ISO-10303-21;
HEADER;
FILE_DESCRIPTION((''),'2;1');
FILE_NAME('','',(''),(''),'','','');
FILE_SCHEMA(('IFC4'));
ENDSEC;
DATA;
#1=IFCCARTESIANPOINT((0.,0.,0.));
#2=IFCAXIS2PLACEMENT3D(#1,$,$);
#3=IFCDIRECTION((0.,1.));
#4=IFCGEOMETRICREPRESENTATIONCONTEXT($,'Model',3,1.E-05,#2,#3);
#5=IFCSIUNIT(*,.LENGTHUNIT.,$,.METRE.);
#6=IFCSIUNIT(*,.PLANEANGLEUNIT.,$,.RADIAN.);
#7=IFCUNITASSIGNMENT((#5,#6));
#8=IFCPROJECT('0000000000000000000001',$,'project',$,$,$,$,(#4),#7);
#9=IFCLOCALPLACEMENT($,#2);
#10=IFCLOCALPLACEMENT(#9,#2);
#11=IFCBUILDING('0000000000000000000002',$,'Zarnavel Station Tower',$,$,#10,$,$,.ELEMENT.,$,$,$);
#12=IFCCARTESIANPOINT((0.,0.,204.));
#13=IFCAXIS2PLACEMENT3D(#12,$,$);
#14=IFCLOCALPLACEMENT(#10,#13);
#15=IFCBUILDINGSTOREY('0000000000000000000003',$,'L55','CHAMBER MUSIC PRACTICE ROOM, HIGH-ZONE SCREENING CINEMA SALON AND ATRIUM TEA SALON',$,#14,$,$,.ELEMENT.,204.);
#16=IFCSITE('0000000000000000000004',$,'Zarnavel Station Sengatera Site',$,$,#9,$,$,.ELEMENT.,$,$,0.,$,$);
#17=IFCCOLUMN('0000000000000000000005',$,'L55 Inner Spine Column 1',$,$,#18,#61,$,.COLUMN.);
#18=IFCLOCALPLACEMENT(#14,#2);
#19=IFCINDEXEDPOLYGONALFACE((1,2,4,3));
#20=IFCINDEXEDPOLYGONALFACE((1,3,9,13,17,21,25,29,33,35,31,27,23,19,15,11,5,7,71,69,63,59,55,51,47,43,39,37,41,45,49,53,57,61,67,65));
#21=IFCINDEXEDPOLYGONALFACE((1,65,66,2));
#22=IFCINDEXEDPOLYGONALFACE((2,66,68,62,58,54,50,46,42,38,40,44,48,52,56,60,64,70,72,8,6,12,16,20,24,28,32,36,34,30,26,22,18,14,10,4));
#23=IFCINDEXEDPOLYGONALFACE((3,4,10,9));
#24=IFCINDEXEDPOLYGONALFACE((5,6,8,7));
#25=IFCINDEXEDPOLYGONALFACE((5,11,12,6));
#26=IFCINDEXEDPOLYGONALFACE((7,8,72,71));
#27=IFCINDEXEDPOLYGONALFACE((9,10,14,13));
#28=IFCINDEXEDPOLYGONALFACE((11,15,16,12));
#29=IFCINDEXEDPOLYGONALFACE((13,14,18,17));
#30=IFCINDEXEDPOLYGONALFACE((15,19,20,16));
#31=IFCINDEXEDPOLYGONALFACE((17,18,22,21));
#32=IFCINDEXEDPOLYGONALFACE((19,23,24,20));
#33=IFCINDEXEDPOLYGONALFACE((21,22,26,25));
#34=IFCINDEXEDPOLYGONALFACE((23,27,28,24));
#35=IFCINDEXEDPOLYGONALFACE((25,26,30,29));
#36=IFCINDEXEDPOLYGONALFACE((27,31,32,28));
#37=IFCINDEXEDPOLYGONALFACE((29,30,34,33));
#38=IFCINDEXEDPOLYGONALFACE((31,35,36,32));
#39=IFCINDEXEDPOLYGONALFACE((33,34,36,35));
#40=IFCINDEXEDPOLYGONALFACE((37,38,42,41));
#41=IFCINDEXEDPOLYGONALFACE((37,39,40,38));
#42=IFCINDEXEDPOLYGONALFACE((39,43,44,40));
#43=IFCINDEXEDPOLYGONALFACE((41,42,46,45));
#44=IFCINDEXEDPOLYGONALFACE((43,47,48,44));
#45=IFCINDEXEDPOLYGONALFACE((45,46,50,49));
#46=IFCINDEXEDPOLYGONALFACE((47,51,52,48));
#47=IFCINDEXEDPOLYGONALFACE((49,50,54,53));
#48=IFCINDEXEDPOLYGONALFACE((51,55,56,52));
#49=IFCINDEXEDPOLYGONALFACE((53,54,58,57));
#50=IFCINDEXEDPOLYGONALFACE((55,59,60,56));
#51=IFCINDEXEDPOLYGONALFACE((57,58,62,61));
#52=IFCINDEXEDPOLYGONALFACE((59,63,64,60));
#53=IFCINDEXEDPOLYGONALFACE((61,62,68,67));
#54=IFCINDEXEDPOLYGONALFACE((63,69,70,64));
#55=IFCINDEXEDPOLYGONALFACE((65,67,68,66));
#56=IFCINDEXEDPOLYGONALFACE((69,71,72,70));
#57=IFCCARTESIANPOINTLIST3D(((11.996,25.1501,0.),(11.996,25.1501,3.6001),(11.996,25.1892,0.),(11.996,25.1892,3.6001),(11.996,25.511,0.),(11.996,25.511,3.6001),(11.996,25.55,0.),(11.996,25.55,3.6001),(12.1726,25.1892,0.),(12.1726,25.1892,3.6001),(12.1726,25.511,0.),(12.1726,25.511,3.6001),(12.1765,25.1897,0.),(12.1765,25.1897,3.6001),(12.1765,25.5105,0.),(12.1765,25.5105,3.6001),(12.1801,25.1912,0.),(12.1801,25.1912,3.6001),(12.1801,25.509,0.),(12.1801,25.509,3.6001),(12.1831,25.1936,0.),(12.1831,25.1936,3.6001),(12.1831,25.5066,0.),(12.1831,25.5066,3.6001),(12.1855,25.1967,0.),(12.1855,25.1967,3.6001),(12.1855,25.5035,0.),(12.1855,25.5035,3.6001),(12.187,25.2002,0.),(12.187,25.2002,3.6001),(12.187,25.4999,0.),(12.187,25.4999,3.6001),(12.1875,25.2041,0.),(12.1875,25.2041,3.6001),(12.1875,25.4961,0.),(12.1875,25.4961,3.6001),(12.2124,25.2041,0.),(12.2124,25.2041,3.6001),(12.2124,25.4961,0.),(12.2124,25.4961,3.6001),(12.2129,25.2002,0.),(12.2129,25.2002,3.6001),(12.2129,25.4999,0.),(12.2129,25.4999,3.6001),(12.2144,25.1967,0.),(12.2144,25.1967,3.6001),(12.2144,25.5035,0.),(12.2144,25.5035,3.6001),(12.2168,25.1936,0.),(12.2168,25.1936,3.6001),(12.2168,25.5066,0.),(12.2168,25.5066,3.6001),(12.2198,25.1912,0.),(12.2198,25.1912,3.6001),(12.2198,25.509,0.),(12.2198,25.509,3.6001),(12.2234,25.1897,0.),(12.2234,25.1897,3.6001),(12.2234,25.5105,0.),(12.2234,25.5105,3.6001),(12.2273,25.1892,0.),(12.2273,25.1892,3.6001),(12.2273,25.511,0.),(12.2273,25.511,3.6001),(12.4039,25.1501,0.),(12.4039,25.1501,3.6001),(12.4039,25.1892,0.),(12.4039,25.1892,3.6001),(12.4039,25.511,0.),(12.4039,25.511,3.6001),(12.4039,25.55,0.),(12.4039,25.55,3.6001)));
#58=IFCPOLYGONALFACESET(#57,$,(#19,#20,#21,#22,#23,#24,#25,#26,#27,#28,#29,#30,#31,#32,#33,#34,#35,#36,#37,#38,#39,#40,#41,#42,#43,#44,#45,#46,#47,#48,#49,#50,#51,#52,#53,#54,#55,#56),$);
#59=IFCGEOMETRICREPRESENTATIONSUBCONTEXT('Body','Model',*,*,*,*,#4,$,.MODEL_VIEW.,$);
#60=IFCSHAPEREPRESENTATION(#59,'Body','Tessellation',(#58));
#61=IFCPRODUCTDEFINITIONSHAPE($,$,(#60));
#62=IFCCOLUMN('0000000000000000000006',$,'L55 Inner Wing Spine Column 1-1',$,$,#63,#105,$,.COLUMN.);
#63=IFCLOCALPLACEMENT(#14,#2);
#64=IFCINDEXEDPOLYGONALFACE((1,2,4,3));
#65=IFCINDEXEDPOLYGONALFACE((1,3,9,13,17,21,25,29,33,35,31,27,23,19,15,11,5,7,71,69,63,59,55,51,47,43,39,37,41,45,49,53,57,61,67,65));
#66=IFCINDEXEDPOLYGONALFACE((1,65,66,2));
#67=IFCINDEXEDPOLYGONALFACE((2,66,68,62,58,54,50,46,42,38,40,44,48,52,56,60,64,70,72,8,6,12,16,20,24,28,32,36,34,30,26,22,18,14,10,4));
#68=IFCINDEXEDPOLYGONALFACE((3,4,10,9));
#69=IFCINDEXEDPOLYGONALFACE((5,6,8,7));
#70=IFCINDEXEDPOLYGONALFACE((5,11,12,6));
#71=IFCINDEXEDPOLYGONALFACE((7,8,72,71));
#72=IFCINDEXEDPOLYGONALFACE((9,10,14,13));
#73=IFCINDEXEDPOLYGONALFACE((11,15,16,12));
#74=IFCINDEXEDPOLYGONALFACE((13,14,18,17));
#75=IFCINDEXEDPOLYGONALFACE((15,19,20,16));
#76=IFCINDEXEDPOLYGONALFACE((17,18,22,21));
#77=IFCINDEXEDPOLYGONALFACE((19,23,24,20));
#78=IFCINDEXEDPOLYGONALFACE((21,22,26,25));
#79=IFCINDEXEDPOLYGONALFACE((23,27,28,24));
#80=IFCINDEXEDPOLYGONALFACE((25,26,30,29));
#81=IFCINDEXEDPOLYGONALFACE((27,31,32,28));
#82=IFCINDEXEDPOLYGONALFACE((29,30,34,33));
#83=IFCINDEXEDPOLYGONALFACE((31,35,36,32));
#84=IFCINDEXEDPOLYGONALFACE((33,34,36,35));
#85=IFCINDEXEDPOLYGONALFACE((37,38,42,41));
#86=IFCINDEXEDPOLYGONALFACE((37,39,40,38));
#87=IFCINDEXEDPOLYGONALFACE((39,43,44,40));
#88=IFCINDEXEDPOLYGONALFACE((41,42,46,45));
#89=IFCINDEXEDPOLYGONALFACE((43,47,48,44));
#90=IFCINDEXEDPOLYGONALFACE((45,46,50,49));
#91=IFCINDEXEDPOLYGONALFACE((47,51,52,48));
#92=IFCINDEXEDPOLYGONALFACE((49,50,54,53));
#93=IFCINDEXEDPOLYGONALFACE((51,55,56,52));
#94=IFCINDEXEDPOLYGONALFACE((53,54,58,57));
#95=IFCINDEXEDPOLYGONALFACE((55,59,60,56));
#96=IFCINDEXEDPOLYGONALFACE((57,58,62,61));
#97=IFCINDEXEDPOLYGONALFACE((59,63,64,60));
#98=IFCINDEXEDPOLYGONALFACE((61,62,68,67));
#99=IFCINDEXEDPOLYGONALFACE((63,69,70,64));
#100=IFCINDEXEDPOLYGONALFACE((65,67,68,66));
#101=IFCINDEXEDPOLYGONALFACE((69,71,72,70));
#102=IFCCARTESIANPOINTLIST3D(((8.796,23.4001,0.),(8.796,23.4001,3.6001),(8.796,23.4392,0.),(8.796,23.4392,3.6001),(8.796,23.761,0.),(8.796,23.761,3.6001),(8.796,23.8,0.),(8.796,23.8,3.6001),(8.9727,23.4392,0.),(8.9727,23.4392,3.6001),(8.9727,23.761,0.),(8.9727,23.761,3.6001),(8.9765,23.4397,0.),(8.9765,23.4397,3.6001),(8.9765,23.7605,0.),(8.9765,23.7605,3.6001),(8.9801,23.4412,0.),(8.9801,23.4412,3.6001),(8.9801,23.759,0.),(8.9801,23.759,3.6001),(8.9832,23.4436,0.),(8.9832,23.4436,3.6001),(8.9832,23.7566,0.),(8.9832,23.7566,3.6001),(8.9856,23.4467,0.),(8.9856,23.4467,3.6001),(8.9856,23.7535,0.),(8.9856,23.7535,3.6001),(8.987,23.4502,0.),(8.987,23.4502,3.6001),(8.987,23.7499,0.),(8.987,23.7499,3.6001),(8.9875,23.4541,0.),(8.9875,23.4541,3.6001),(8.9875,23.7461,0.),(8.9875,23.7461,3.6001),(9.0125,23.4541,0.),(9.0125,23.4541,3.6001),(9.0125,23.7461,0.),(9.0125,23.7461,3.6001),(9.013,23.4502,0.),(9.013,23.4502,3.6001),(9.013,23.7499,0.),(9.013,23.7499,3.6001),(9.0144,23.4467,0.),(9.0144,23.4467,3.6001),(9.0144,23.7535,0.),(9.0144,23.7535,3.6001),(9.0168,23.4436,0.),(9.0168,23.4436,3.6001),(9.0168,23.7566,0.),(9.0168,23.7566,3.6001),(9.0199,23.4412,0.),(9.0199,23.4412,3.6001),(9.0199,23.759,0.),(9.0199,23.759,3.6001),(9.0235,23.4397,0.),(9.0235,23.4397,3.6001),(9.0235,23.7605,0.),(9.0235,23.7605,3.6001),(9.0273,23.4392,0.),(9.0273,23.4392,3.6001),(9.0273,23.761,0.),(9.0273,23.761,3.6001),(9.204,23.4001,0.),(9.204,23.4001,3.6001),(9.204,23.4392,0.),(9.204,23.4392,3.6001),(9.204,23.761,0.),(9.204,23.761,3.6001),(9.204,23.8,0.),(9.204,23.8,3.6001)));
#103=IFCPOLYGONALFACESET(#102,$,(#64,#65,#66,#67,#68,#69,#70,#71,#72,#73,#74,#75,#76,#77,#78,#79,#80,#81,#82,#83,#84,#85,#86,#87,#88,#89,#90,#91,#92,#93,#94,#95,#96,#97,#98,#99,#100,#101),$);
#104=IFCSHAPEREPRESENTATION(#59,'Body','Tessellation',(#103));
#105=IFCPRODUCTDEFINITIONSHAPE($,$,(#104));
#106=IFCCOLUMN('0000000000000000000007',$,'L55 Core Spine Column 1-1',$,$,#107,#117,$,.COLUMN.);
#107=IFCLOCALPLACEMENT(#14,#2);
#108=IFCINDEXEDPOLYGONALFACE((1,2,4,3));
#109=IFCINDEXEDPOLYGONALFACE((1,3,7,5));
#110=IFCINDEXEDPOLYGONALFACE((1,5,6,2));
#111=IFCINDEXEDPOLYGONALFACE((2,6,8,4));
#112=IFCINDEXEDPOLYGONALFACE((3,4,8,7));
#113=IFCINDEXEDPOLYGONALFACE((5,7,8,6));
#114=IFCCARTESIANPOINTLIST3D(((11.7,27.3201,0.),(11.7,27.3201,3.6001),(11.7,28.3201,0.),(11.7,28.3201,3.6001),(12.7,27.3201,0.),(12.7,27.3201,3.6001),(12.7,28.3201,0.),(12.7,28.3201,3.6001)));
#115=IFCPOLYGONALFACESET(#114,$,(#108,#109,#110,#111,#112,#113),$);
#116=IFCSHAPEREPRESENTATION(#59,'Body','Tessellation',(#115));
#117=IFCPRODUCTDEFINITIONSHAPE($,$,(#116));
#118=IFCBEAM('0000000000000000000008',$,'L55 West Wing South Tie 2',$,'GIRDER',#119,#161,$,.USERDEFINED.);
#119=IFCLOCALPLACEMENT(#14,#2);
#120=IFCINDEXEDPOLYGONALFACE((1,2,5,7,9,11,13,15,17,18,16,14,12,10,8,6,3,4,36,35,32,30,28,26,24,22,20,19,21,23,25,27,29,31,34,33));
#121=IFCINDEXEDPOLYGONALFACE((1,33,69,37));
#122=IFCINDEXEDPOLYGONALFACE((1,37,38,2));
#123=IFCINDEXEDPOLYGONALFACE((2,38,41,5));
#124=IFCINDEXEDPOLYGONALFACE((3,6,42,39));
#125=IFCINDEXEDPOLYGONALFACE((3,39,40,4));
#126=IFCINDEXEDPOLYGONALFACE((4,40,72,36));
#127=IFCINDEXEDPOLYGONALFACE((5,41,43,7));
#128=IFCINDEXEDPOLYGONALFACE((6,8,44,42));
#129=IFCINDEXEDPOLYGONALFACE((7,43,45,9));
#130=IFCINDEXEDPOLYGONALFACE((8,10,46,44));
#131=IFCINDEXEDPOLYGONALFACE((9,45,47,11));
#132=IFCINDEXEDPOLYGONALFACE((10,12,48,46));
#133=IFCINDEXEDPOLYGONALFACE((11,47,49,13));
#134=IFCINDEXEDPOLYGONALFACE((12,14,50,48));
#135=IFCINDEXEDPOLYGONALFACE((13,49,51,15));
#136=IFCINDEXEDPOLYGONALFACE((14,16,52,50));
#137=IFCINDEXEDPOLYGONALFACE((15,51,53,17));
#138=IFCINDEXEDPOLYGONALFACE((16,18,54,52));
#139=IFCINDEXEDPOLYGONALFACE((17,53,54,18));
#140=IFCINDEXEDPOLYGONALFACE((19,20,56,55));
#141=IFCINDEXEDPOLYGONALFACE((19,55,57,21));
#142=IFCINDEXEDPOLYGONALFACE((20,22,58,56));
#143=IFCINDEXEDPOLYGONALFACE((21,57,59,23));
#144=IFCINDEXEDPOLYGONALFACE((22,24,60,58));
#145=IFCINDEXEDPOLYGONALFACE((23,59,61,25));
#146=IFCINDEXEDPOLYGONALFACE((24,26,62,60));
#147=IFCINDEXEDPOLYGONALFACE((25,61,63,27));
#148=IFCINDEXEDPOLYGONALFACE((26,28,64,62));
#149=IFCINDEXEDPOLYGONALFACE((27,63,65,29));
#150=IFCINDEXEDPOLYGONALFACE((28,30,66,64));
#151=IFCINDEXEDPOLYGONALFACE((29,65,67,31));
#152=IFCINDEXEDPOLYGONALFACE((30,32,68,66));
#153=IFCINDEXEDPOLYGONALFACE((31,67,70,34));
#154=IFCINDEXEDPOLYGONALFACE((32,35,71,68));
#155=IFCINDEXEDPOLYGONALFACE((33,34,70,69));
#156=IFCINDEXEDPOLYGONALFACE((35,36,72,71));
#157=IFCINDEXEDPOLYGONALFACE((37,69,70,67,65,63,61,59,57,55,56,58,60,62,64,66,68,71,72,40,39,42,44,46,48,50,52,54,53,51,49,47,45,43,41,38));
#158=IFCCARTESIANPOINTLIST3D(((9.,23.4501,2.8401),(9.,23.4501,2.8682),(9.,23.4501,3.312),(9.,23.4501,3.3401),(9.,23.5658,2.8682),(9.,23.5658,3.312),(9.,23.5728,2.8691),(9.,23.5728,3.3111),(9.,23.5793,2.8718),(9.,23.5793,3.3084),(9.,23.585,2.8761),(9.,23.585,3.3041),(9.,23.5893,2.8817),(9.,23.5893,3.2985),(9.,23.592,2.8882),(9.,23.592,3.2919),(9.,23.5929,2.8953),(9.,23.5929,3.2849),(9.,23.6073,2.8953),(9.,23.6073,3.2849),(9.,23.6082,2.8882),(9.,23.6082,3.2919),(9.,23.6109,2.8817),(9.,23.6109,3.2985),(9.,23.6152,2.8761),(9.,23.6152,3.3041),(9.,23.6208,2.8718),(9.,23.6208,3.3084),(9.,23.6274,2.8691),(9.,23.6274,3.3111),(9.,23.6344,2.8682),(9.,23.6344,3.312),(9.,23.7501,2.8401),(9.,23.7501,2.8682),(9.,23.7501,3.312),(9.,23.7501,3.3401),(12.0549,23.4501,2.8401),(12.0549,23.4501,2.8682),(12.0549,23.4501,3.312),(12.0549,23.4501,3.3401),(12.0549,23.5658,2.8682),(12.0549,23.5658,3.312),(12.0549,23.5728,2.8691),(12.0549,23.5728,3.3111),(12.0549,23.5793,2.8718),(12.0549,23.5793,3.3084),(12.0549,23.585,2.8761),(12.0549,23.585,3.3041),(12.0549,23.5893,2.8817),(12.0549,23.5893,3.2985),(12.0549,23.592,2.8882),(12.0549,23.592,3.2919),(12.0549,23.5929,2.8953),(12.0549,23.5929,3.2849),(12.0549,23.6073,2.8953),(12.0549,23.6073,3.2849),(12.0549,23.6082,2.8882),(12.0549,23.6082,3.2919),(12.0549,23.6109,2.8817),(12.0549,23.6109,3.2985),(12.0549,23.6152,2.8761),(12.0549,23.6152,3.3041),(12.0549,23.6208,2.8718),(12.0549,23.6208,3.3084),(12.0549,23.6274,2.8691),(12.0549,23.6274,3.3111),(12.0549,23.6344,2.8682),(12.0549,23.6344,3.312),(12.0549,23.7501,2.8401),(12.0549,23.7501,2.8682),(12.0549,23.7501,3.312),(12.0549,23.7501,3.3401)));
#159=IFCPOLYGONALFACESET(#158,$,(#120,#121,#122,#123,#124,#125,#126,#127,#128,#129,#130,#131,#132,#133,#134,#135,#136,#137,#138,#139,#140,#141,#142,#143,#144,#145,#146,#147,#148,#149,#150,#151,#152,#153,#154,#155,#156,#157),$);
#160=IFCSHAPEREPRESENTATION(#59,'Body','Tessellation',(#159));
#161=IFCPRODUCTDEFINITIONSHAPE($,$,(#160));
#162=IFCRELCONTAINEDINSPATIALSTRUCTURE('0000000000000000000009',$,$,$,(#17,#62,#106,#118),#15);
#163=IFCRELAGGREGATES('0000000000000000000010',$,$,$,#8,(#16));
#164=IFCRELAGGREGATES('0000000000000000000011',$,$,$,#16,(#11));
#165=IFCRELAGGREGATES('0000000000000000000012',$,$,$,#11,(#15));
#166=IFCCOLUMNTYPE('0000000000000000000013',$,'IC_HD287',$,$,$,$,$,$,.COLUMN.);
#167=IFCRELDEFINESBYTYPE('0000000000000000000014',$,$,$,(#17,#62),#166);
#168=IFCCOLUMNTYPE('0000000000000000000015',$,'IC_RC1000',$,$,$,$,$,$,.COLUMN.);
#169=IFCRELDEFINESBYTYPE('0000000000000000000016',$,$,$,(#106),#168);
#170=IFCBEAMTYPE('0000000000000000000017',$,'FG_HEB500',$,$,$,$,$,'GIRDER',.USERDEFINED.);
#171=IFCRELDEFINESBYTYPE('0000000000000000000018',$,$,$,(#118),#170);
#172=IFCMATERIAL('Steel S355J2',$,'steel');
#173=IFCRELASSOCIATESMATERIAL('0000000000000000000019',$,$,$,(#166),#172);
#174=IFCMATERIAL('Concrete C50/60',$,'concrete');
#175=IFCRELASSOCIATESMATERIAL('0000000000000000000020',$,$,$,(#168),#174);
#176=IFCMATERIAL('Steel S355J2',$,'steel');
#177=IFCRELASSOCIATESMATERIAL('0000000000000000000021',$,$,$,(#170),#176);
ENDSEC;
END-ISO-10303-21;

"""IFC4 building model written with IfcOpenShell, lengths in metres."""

from ifc_helpers import new_model, si_unit, direction, frame, origin, origin_2d, place, context, subcontext, project, spatial, rectangle, i_section, extrude, material, material_profile, profile_set, type_object, element, save


model = new_model("IFC4")

# Units and contexts
model_context = context("Model", 3, precision=1e-05, world=origin(), true_north=direction((0.0, 1.0)))
body_context = subcontext(model_context, "Body", "Model", "MODEL_VIEW")
ifc_project = project(units=[si_unit("LENGTHUNIT", "METRE"), si_unit("PLANEANGLEUNIT", "RADIAN")], contexts=[model_context])

# Site, building, storey
site_placement = place(None, origin())
site = spatial("IfcSite", under=ifc_project, at=site_placement, Name="Zarnavel Station Sengatera Site", CompositionType="ELEMENT", RefElevation=0.0)
building_placement = place(site_placement, origin())
building = spatial("IfcBuilding", under=site, at=building_placement, Name="Zarnavel Station Tower", CompositionType="ELEMENT")
storey_placement = place(building_placement, frame((0.0, 0.0, 204.0)))
storey = spatial("IfcBuildingStorey", under=building, at=storey_placement, Name="L55", Description="CHAMBER MUSIC PRACTICE ROOM, HIGH-ZONE SCREENING CINEMA SALON AND ATRIUM TEA SALON", CompositionType="ELEMENT", Elevation=204.0)

# Columns
ifc_material_1 = material(Name="Steel S355J2", Category="steel")
ifc_material_profile_1 = material_profile(ifc_material_1, i_section(OverallWidth=0.408, OverallDepth=0.3999, WebThickness=0.0249, FlangeThickness=0.0391, FilletRadius=0.0149, at=origin_2d()), Name="HD400x287")
ifc_profile_set_1 = profile_set([ifc_material_profile_1], Name="Steel S355J2")
column_type_1 = type_object("IfcColumnType", Name="IC_HD287", PredefinedType="COLUMN", material=ifc_profile_set_1)
for number, where, z_axis, x_axis, name in (
    (1, (12.2, 25.3501, 0.0), (0.0, 0.0, 1.0), (1.0, 0.0, 0.0), "L55 Inner Spine Column 1"),
    (2, (9.0, 23.6001, 0.0), (0.0, 0.0, 1.0), (1.0, 0.0, 0.0), "L55 Inner Wing Spine Column 1-1"),
):
    element("IfcColumn", number, at=place(storey_placement, frame(where, z_axis=z_axis, x_axis=x_axis)), inside=storey, type_object=column_type_1, Name=name, PredefinedType="COLUMN", context=body_context, shape_type="SweptSolid", body=[
        extrude(i_section(OverallWidth=0.408, OverallDepth=0.3999, WebThickness=0.0249, FlangeThickness=0.0391, FilletRadius=0.0149, at=origin_2d()), origin(), (0.0, 0.0, 1.0), 3.6001),
    ])
ifc_material_2 = material(Name="Concrete C50/60", Category="concrete")
ifc_material_profile_2 = material_profile(ifc_material_2, rectangle(XDim=1.0, YDim=1.0, at=origin_2d()), Name="RC1000x1000")
ifc_profile_set_2 = profile_set([ifc_material_profile_2], Name="Concrete C50/60")
column_type_2 = type_object("IfcColumnType", Name="IC_RC1000", PredefinedType="COLUMN", material=ifc_profile_set_2)
column_placement = place(storey_placement, frame((12.2, 27.8201, 0.0), z_axis=(0.0, 0.0, 1.0), x_axis=(1.0, 0.0, 0.0)))
element("IfcColumn", 3, at=column_placement, inside=storey, type_object=column_type_2, Name="L55 Core Spine Column 1-1", PredefinedType="COLUMN", context=body_context, shape_type="SweptSolid", body=[
    extrude(rectangle(XDim=1.0, YDim=1.0, at=origin_2d()), origin(), (0.0, 0.0, 1.0), 3.6001),
])

# Beam
ifc_material_3 = material(Name="Steel S355J2", Category="steel")
ifc_material_profile_3 = material_profile(ifc_material_3, i_section(OverallWidth=0.3, OverallDepth=0.5, WebThickness=0.0144, FlangeThickness=0.0281, FilletRadius=0.0271, at=origin_2d()), Name="HEB500")
ifc_profile_set_3 = profile_set([ifc_material_profile_3], Name="Steel S355J2")
beam_type_1 = type_object("IfcBeamType", Name="FG_HEB500", ElementType="GIRDER", PredefinedType="USERDEFINED", material=ifc_profile_set_3)
beam_1_placement = place(storey_placement, frame((9.0, 23.6001, 3.0901), z_axis=(1.0, 0.0, 0.0), x_axis=(0.0, 1.0, 0.0)))
element("IfcBeam", 4, at=beam_1_placement, inside=storey, type_object=beam_type_1, Name="L55 West Wing South Tie 2", ObjectType="GIRDER", PredefinedType="USERDEFINED", context=body_context, shape_type="SweptSolid", body=[
    extrude(i_section(OverallWidth=0.3, OverallDepth=0.5, WebThickness=0.0144, FlangeThickness=0.0281, FilletRadius=0.0271, at=origin_2d()), origin(), (0.0, 0.0, 1.0), 3.0549),
])

save(model, "model.ifc")
